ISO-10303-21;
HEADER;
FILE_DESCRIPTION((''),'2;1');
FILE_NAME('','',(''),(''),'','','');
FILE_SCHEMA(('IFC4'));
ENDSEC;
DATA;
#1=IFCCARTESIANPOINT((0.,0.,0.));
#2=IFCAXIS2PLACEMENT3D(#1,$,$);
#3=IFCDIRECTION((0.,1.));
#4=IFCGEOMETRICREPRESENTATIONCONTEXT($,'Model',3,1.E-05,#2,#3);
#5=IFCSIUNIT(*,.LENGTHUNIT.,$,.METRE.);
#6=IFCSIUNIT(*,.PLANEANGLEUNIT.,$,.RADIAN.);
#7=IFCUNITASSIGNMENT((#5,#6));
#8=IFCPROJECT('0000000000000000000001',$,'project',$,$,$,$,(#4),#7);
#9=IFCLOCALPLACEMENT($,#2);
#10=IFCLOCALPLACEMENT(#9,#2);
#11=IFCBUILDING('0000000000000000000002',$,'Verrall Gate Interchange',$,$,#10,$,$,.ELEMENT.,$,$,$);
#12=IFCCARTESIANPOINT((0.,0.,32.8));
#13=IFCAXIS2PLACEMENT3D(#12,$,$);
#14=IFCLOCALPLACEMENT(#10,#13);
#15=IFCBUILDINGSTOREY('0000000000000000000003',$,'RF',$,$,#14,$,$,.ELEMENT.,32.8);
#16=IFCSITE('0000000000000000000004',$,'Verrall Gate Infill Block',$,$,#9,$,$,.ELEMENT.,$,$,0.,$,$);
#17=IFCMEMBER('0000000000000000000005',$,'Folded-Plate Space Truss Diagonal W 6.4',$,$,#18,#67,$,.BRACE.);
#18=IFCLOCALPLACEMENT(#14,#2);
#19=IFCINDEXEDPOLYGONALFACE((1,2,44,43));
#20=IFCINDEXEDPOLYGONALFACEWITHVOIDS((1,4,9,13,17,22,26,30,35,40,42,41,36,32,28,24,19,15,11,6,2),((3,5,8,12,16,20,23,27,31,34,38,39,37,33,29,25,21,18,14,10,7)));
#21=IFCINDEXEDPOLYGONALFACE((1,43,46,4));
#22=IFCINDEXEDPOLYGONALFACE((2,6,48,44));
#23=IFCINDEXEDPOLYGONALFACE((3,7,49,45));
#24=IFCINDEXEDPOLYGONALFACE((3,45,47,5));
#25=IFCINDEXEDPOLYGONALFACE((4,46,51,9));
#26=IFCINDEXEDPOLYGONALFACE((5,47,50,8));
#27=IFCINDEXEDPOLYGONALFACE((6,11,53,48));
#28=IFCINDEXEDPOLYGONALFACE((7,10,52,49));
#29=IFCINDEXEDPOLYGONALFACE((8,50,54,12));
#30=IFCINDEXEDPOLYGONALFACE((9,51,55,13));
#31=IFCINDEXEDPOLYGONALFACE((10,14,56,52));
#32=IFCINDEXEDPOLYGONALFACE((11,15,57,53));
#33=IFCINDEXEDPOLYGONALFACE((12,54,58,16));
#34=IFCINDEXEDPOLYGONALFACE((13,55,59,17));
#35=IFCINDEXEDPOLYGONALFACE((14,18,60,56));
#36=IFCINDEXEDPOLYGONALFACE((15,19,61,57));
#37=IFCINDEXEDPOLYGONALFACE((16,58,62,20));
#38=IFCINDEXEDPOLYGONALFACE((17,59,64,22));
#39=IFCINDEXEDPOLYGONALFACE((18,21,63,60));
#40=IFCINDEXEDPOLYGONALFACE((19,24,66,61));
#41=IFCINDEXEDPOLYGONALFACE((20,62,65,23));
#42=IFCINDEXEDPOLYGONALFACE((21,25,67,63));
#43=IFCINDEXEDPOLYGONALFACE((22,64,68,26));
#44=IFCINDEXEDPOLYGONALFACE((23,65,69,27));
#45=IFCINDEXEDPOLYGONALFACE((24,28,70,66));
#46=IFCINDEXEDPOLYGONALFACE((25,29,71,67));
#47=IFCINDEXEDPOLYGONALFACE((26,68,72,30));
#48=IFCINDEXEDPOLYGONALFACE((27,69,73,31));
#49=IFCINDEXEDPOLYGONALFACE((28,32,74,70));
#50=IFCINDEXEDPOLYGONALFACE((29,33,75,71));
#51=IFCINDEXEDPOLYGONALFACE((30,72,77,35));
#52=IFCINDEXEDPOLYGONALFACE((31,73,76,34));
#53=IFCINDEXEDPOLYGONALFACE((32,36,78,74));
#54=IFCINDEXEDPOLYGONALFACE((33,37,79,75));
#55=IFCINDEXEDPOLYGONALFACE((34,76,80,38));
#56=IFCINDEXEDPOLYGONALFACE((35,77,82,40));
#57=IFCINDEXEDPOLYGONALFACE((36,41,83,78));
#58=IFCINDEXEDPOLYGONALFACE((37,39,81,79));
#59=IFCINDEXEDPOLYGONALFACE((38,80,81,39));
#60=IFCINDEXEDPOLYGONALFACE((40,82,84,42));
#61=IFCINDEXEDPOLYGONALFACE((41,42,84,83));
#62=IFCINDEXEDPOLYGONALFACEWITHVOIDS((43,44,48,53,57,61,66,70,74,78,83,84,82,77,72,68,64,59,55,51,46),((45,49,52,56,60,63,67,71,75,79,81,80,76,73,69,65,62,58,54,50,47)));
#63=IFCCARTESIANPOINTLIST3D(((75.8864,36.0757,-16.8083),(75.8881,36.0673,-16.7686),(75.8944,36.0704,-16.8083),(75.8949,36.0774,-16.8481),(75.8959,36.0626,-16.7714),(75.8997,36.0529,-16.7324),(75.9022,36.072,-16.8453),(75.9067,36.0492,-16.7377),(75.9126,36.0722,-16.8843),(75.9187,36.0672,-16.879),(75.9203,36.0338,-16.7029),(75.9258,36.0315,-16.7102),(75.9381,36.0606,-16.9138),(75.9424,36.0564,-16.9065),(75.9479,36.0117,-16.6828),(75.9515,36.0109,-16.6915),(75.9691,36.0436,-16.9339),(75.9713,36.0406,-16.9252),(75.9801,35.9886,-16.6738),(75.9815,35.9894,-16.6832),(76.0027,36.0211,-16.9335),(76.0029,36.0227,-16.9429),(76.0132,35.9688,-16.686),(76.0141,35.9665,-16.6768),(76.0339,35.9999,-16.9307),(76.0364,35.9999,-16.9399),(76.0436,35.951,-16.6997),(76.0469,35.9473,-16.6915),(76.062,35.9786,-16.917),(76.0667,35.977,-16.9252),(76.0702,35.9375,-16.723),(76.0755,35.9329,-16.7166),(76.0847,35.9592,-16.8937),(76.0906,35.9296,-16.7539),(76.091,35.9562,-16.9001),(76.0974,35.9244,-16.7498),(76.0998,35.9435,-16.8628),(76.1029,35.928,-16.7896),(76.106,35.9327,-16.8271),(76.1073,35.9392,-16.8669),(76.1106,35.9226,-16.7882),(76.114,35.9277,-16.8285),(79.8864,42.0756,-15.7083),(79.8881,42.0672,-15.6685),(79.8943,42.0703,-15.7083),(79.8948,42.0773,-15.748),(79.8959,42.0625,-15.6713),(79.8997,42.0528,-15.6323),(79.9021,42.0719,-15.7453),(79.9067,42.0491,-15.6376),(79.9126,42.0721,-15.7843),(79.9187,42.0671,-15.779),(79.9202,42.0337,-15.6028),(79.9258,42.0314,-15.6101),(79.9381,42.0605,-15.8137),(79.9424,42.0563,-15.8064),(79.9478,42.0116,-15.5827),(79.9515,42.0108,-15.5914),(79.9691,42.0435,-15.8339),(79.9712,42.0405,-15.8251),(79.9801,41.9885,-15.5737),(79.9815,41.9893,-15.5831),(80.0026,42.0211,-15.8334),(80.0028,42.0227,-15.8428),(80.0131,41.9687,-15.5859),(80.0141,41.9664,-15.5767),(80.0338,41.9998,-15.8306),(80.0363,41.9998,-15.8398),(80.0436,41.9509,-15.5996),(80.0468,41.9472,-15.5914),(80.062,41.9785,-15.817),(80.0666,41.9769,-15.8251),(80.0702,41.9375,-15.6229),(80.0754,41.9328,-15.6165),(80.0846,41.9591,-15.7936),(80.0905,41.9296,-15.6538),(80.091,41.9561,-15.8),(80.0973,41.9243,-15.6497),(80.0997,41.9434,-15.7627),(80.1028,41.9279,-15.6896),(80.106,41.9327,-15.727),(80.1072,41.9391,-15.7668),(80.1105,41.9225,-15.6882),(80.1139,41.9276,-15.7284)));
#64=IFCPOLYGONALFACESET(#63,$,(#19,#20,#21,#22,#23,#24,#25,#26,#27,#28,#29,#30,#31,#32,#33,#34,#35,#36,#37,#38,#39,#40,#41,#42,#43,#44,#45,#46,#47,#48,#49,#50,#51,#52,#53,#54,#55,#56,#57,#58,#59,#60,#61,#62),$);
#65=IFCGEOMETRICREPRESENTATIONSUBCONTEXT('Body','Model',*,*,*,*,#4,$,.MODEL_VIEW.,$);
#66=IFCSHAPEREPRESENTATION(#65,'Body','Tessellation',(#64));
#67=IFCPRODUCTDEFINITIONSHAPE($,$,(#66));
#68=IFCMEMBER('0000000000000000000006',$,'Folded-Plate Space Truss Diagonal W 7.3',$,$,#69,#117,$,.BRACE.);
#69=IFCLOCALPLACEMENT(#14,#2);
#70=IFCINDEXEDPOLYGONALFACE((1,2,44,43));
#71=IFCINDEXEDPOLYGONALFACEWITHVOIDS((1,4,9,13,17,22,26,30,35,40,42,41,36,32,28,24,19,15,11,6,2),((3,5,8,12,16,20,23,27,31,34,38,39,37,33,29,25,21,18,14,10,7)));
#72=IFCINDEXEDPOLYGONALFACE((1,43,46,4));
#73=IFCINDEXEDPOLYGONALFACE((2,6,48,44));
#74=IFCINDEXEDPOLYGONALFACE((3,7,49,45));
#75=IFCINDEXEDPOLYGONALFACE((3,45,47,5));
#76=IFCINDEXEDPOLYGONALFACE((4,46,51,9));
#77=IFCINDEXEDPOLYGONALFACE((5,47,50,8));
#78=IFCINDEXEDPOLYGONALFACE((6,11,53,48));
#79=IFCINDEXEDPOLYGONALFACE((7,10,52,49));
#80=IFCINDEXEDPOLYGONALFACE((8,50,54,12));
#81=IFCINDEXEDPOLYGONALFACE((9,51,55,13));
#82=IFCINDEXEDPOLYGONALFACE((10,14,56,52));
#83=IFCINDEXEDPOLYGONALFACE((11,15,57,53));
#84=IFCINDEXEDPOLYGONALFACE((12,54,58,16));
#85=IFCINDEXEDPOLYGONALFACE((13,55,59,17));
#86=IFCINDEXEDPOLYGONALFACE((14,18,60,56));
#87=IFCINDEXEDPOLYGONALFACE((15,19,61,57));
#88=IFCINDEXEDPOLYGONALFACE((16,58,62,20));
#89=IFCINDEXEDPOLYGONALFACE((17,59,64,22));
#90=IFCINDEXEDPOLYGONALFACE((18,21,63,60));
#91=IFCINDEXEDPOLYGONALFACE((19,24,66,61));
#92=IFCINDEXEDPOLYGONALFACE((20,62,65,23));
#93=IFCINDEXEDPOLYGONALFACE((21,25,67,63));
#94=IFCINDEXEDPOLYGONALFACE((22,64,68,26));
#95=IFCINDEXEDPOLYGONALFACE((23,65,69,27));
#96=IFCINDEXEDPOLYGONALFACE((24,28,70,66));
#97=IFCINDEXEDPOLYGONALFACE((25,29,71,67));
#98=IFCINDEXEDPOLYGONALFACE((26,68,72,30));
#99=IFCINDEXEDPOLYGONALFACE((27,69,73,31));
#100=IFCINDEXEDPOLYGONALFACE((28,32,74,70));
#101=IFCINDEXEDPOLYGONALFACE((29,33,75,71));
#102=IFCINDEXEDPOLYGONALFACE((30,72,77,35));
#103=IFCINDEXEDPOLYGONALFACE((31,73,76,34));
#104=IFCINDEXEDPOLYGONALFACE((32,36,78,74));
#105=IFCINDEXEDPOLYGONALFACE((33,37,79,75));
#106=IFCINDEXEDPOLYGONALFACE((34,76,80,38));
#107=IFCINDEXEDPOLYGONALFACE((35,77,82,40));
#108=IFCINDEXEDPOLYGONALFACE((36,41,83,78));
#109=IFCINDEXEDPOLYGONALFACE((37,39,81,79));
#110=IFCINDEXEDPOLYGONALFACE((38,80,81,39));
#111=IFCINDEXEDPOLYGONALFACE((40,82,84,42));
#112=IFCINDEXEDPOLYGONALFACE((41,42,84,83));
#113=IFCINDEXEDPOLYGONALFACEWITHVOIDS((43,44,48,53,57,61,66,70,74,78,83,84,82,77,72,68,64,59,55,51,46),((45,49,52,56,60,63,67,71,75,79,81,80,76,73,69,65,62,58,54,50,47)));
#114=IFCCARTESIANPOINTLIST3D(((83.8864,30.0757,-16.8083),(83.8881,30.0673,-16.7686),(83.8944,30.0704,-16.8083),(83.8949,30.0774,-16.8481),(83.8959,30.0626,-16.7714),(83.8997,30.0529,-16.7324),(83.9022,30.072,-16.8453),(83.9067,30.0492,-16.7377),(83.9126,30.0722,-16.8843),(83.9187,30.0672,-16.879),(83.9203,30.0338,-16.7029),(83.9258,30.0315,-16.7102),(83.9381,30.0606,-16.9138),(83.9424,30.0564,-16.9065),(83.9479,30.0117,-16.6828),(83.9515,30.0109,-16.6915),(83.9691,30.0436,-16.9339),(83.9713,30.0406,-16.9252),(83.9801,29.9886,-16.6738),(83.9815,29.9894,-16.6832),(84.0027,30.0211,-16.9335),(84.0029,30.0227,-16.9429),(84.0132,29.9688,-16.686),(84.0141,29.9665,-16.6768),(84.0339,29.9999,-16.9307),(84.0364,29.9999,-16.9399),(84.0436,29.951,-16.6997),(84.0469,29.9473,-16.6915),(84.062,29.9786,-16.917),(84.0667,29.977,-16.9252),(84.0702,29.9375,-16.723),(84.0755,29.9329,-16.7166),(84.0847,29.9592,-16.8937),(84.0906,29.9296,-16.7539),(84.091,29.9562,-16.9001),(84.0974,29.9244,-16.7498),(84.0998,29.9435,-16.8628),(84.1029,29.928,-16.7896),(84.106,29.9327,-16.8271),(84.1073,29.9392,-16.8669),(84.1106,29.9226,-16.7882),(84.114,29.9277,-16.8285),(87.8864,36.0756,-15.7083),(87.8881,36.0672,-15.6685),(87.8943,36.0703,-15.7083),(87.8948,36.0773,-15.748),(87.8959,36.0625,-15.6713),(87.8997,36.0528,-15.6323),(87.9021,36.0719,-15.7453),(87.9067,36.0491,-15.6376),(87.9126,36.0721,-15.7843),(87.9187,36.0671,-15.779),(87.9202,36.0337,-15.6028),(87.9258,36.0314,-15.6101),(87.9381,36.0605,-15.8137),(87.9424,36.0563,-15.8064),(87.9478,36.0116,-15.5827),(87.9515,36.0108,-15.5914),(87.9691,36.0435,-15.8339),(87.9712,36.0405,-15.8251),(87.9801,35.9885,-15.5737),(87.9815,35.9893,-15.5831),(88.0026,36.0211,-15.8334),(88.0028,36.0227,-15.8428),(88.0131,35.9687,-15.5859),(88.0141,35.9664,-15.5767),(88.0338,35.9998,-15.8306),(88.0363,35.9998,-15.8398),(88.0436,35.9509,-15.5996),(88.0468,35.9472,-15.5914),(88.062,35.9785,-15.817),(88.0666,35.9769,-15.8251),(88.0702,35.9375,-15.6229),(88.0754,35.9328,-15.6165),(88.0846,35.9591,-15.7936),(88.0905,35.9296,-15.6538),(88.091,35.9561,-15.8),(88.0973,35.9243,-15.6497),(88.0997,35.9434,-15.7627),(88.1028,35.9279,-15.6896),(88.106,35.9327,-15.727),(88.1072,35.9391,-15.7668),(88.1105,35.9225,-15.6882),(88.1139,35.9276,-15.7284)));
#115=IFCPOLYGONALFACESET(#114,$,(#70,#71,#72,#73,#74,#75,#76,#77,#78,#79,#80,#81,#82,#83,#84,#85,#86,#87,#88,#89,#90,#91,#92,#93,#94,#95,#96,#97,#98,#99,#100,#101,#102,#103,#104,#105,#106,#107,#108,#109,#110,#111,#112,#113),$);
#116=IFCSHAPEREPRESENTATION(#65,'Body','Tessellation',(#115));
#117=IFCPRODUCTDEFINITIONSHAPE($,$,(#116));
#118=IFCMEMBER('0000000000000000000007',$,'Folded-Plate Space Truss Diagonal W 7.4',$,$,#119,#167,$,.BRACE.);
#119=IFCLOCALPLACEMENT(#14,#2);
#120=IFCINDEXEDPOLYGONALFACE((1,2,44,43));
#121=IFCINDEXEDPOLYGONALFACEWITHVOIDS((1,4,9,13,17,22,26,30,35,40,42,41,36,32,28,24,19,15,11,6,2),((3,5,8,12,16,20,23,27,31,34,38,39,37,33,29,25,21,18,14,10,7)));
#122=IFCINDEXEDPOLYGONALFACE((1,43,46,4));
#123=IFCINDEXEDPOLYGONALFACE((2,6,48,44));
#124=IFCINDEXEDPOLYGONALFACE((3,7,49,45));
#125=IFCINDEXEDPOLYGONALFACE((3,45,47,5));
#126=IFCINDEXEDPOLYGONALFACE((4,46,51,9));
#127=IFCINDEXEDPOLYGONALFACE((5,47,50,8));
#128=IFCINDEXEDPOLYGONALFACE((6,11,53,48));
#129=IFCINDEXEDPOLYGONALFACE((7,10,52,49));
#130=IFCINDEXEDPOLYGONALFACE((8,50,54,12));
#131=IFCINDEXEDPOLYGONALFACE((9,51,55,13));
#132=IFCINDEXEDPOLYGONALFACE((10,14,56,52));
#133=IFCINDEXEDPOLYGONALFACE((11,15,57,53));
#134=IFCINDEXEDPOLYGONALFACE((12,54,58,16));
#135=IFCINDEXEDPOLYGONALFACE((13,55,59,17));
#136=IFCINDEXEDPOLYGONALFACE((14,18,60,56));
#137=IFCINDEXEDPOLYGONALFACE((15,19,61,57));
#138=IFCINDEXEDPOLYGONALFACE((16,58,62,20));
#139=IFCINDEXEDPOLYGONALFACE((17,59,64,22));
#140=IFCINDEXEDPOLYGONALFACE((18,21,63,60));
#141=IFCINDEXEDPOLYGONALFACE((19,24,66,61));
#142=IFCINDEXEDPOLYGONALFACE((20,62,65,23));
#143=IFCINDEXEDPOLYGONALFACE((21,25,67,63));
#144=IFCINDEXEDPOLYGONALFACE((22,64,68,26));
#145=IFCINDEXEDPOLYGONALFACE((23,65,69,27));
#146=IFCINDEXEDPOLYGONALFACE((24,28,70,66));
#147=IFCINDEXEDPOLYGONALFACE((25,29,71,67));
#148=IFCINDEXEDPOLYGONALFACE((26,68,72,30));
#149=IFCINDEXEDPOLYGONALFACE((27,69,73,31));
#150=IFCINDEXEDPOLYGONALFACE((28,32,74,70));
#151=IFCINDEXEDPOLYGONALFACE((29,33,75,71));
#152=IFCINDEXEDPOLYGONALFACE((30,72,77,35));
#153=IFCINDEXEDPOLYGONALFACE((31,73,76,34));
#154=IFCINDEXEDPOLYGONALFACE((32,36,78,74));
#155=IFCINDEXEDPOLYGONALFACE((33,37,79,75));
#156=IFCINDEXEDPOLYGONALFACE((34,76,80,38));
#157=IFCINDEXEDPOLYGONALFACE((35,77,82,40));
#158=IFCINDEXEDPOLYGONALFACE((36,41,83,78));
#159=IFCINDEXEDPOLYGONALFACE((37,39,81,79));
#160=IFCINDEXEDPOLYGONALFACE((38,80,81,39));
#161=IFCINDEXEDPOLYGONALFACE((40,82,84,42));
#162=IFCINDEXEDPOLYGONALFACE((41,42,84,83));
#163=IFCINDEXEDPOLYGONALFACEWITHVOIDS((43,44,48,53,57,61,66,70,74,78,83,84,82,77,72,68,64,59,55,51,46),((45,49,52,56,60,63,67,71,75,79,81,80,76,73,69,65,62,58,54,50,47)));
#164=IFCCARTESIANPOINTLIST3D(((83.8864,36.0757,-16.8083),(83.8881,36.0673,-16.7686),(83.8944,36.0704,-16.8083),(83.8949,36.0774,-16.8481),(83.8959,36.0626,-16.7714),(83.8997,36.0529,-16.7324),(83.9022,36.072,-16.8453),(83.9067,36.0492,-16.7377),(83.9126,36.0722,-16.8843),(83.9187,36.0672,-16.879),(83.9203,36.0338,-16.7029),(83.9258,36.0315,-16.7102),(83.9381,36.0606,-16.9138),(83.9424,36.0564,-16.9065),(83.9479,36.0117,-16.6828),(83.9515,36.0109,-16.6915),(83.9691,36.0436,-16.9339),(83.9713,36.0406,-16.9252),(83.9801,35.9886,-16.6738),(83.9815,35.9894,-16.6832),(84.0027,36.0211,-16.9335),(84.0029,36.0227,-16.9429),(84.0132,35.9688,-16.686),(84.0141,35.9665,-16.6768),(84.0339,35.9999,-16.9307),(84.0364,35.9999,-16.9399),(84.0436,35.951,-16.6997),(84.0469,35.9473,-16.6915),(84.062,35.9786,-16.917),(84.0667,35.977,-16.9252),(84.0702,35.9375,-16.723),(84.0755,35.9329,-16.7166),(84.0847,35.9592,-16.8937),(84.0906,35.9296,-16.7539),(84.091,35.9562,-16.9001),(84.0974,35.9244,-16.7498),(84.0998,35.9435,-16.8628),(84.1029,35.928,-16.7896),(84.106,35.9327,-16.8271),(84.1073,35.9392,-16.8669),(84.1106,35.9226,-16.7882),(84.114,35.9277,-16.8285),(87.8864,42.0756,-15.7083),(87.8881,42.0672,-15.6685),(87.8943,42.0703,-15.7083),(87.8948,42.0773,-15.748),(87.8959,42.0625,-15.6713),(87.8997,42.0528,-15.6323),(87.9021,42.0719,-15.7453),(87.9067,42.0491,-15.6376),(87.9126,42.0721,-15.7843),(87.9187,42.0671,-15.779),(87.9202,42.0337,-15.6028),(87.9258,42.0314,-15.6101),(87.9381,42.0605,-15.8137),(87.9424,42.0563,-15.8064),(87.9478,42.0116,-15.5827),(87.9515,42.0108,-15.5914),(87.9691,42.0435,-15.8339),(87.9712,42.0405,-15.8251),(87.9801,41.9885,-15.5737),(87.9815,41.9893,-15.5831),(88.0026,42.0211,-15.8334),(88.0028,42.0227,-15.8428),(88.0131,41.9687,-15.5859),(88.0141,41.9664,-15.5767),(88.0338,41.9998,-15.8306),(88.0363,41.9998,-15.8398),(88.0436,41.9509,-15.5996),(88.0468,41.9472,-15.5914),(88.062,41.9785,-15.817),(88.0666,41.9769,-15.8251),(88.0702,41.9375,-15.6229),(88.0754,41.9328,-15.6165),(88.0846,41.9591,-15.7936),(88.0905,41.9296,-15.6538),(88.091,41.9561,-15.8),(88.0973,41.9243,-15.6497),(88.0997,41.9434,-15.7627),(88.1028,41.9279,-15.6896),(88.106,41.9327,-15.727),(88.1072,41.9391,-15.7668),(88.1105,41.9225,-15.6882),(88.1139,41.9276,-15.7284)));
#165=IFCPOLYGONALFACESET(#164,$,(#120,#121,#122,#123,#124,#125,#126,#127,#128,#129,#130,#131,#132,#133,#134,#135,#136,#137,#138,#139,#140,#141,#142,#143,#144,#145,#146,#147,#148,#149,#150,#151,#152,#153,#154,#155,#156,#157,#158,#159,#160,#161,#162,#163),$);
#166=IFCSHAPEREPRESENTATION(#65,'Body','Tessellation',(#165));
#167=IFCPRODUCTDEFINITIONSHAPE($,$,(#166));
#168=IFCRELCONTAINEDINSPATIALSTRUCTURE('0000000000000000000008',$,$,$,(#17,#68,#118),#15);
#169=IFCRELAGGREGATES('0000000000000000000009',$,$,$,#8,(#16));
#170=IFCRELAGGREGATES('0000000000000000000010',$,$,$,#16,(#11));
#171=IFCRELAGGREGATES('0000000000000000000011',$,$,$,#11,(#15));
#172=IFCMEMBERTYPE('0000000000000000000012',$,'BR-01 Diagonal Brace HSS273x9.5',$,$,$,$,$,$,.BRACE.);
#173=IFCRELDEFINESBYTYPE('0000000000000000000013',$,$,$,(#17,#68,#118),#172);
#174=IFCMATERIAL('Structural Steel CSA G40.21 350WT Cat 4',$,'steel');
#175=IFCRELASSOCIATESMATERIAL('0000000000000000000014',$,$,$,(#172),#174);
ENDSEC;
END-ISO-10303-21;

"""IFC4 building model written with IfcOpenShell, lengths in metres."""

from ifc_helpers import new_model, si_unit, direction, frame, origin, origin_2d, place, context, subcontext, project, spatial, hollow_circle, extrude, material, material_profile, profile_set, type_object, element, save


model = new_model("IFC4")

# Units and contexts
model_context = context("Model", 3, precision=1e-05, world=origin(), true_north=direction((0.0, 1.0)))
body_context = subcontext(model_context, "Body", "Model", "MODEL_VIEW")
ifc_project = project(units=[si_unit("LENGTHUNIT", "METRE"), si_unit("PLANEANGLEUNIT", "RADIAN")], contexts=[model_context])

# Site, building, storey
site_placement = place(None, origin())
site = spatial("IfcSite", under=ifc_project, at=site_placement, Name="Verrall Gate Infill Block", CompositionType="ELEMENT", RefElevation=0.0)
building_placement = place(site_placement, origin())
building = spatial("IfcBuilding", under=site, at=building_placement, Name="Verrall Gate Interchange", CompositionType="ELEMENT")
storey_placement = place(building_placement, frame((0.0, 0.0, 32.8)))
storey = spatial("IfcBuildingStorey", under=building, at=storey_placement, Name="RF", CompositionType="ELEMENT", Elevation=32.8)

# Members
ifc_material_1 = material(Name="Structural Steel CSA G40.21 350WT Cat 4", Category="steel")
ifc_material_profile_1 = material_profile(ifc_material_1, hollow_circle(Radius=0.1365, WallThickness=0.0095, at=origin_2d()), Name="HSS273x9.5")
ifc_profile_set_1 = profile_set([ifc_material_profile_1], Name="Structural Steel CSA G40.21 350WT Cat 4")
member_type_1 = type_object("IfcMemberType", Name="BR-01 Diagonal Brace HSS273x9.5", PredefinedType="BRACE", material=ifc_profile_set_1)
for number, where, z_axis, x_axis, name in (
    (1, (76.0, 36.0, -16.8083), (0.548356, 0.822534, 0.150811), (-0.83205, 0.5547, 0.0), "Folded-Plate Space Truss Diagonal W 6.4"),
    (2, (84.0, 30.0, -16.8083), (0.548356, 0.822534, 0.150811), (-0.83205, 0.5547, 0.0), "Folded-Plate Space Truss Diagonal W 7.3"),
    (3, (84.0, 36.0, -16.8083), (0.548356, 0.822534, 0.150811), (-0.83205, 0.5547, 0.0), "Folded-Plate Space Truss Diagonal W 7.4"),
):
    element("IfcMember", number, at=place(storey_placement, frame(where, z_axis=z_axis, x_axis=x_axis)), inside=storey, type_object=member_type_1, Name=name, PredefinedType="BRACE", context=body_context, shape_type="SweptSolid", body=[
        extrude(hollow_circle(Radius=0.1365, WallThickness=0.0095, at=origin_2d()), origin(), (0.0, 0.0, 1.0), 7.2944),
    ])

save(model, "model.ifc")
